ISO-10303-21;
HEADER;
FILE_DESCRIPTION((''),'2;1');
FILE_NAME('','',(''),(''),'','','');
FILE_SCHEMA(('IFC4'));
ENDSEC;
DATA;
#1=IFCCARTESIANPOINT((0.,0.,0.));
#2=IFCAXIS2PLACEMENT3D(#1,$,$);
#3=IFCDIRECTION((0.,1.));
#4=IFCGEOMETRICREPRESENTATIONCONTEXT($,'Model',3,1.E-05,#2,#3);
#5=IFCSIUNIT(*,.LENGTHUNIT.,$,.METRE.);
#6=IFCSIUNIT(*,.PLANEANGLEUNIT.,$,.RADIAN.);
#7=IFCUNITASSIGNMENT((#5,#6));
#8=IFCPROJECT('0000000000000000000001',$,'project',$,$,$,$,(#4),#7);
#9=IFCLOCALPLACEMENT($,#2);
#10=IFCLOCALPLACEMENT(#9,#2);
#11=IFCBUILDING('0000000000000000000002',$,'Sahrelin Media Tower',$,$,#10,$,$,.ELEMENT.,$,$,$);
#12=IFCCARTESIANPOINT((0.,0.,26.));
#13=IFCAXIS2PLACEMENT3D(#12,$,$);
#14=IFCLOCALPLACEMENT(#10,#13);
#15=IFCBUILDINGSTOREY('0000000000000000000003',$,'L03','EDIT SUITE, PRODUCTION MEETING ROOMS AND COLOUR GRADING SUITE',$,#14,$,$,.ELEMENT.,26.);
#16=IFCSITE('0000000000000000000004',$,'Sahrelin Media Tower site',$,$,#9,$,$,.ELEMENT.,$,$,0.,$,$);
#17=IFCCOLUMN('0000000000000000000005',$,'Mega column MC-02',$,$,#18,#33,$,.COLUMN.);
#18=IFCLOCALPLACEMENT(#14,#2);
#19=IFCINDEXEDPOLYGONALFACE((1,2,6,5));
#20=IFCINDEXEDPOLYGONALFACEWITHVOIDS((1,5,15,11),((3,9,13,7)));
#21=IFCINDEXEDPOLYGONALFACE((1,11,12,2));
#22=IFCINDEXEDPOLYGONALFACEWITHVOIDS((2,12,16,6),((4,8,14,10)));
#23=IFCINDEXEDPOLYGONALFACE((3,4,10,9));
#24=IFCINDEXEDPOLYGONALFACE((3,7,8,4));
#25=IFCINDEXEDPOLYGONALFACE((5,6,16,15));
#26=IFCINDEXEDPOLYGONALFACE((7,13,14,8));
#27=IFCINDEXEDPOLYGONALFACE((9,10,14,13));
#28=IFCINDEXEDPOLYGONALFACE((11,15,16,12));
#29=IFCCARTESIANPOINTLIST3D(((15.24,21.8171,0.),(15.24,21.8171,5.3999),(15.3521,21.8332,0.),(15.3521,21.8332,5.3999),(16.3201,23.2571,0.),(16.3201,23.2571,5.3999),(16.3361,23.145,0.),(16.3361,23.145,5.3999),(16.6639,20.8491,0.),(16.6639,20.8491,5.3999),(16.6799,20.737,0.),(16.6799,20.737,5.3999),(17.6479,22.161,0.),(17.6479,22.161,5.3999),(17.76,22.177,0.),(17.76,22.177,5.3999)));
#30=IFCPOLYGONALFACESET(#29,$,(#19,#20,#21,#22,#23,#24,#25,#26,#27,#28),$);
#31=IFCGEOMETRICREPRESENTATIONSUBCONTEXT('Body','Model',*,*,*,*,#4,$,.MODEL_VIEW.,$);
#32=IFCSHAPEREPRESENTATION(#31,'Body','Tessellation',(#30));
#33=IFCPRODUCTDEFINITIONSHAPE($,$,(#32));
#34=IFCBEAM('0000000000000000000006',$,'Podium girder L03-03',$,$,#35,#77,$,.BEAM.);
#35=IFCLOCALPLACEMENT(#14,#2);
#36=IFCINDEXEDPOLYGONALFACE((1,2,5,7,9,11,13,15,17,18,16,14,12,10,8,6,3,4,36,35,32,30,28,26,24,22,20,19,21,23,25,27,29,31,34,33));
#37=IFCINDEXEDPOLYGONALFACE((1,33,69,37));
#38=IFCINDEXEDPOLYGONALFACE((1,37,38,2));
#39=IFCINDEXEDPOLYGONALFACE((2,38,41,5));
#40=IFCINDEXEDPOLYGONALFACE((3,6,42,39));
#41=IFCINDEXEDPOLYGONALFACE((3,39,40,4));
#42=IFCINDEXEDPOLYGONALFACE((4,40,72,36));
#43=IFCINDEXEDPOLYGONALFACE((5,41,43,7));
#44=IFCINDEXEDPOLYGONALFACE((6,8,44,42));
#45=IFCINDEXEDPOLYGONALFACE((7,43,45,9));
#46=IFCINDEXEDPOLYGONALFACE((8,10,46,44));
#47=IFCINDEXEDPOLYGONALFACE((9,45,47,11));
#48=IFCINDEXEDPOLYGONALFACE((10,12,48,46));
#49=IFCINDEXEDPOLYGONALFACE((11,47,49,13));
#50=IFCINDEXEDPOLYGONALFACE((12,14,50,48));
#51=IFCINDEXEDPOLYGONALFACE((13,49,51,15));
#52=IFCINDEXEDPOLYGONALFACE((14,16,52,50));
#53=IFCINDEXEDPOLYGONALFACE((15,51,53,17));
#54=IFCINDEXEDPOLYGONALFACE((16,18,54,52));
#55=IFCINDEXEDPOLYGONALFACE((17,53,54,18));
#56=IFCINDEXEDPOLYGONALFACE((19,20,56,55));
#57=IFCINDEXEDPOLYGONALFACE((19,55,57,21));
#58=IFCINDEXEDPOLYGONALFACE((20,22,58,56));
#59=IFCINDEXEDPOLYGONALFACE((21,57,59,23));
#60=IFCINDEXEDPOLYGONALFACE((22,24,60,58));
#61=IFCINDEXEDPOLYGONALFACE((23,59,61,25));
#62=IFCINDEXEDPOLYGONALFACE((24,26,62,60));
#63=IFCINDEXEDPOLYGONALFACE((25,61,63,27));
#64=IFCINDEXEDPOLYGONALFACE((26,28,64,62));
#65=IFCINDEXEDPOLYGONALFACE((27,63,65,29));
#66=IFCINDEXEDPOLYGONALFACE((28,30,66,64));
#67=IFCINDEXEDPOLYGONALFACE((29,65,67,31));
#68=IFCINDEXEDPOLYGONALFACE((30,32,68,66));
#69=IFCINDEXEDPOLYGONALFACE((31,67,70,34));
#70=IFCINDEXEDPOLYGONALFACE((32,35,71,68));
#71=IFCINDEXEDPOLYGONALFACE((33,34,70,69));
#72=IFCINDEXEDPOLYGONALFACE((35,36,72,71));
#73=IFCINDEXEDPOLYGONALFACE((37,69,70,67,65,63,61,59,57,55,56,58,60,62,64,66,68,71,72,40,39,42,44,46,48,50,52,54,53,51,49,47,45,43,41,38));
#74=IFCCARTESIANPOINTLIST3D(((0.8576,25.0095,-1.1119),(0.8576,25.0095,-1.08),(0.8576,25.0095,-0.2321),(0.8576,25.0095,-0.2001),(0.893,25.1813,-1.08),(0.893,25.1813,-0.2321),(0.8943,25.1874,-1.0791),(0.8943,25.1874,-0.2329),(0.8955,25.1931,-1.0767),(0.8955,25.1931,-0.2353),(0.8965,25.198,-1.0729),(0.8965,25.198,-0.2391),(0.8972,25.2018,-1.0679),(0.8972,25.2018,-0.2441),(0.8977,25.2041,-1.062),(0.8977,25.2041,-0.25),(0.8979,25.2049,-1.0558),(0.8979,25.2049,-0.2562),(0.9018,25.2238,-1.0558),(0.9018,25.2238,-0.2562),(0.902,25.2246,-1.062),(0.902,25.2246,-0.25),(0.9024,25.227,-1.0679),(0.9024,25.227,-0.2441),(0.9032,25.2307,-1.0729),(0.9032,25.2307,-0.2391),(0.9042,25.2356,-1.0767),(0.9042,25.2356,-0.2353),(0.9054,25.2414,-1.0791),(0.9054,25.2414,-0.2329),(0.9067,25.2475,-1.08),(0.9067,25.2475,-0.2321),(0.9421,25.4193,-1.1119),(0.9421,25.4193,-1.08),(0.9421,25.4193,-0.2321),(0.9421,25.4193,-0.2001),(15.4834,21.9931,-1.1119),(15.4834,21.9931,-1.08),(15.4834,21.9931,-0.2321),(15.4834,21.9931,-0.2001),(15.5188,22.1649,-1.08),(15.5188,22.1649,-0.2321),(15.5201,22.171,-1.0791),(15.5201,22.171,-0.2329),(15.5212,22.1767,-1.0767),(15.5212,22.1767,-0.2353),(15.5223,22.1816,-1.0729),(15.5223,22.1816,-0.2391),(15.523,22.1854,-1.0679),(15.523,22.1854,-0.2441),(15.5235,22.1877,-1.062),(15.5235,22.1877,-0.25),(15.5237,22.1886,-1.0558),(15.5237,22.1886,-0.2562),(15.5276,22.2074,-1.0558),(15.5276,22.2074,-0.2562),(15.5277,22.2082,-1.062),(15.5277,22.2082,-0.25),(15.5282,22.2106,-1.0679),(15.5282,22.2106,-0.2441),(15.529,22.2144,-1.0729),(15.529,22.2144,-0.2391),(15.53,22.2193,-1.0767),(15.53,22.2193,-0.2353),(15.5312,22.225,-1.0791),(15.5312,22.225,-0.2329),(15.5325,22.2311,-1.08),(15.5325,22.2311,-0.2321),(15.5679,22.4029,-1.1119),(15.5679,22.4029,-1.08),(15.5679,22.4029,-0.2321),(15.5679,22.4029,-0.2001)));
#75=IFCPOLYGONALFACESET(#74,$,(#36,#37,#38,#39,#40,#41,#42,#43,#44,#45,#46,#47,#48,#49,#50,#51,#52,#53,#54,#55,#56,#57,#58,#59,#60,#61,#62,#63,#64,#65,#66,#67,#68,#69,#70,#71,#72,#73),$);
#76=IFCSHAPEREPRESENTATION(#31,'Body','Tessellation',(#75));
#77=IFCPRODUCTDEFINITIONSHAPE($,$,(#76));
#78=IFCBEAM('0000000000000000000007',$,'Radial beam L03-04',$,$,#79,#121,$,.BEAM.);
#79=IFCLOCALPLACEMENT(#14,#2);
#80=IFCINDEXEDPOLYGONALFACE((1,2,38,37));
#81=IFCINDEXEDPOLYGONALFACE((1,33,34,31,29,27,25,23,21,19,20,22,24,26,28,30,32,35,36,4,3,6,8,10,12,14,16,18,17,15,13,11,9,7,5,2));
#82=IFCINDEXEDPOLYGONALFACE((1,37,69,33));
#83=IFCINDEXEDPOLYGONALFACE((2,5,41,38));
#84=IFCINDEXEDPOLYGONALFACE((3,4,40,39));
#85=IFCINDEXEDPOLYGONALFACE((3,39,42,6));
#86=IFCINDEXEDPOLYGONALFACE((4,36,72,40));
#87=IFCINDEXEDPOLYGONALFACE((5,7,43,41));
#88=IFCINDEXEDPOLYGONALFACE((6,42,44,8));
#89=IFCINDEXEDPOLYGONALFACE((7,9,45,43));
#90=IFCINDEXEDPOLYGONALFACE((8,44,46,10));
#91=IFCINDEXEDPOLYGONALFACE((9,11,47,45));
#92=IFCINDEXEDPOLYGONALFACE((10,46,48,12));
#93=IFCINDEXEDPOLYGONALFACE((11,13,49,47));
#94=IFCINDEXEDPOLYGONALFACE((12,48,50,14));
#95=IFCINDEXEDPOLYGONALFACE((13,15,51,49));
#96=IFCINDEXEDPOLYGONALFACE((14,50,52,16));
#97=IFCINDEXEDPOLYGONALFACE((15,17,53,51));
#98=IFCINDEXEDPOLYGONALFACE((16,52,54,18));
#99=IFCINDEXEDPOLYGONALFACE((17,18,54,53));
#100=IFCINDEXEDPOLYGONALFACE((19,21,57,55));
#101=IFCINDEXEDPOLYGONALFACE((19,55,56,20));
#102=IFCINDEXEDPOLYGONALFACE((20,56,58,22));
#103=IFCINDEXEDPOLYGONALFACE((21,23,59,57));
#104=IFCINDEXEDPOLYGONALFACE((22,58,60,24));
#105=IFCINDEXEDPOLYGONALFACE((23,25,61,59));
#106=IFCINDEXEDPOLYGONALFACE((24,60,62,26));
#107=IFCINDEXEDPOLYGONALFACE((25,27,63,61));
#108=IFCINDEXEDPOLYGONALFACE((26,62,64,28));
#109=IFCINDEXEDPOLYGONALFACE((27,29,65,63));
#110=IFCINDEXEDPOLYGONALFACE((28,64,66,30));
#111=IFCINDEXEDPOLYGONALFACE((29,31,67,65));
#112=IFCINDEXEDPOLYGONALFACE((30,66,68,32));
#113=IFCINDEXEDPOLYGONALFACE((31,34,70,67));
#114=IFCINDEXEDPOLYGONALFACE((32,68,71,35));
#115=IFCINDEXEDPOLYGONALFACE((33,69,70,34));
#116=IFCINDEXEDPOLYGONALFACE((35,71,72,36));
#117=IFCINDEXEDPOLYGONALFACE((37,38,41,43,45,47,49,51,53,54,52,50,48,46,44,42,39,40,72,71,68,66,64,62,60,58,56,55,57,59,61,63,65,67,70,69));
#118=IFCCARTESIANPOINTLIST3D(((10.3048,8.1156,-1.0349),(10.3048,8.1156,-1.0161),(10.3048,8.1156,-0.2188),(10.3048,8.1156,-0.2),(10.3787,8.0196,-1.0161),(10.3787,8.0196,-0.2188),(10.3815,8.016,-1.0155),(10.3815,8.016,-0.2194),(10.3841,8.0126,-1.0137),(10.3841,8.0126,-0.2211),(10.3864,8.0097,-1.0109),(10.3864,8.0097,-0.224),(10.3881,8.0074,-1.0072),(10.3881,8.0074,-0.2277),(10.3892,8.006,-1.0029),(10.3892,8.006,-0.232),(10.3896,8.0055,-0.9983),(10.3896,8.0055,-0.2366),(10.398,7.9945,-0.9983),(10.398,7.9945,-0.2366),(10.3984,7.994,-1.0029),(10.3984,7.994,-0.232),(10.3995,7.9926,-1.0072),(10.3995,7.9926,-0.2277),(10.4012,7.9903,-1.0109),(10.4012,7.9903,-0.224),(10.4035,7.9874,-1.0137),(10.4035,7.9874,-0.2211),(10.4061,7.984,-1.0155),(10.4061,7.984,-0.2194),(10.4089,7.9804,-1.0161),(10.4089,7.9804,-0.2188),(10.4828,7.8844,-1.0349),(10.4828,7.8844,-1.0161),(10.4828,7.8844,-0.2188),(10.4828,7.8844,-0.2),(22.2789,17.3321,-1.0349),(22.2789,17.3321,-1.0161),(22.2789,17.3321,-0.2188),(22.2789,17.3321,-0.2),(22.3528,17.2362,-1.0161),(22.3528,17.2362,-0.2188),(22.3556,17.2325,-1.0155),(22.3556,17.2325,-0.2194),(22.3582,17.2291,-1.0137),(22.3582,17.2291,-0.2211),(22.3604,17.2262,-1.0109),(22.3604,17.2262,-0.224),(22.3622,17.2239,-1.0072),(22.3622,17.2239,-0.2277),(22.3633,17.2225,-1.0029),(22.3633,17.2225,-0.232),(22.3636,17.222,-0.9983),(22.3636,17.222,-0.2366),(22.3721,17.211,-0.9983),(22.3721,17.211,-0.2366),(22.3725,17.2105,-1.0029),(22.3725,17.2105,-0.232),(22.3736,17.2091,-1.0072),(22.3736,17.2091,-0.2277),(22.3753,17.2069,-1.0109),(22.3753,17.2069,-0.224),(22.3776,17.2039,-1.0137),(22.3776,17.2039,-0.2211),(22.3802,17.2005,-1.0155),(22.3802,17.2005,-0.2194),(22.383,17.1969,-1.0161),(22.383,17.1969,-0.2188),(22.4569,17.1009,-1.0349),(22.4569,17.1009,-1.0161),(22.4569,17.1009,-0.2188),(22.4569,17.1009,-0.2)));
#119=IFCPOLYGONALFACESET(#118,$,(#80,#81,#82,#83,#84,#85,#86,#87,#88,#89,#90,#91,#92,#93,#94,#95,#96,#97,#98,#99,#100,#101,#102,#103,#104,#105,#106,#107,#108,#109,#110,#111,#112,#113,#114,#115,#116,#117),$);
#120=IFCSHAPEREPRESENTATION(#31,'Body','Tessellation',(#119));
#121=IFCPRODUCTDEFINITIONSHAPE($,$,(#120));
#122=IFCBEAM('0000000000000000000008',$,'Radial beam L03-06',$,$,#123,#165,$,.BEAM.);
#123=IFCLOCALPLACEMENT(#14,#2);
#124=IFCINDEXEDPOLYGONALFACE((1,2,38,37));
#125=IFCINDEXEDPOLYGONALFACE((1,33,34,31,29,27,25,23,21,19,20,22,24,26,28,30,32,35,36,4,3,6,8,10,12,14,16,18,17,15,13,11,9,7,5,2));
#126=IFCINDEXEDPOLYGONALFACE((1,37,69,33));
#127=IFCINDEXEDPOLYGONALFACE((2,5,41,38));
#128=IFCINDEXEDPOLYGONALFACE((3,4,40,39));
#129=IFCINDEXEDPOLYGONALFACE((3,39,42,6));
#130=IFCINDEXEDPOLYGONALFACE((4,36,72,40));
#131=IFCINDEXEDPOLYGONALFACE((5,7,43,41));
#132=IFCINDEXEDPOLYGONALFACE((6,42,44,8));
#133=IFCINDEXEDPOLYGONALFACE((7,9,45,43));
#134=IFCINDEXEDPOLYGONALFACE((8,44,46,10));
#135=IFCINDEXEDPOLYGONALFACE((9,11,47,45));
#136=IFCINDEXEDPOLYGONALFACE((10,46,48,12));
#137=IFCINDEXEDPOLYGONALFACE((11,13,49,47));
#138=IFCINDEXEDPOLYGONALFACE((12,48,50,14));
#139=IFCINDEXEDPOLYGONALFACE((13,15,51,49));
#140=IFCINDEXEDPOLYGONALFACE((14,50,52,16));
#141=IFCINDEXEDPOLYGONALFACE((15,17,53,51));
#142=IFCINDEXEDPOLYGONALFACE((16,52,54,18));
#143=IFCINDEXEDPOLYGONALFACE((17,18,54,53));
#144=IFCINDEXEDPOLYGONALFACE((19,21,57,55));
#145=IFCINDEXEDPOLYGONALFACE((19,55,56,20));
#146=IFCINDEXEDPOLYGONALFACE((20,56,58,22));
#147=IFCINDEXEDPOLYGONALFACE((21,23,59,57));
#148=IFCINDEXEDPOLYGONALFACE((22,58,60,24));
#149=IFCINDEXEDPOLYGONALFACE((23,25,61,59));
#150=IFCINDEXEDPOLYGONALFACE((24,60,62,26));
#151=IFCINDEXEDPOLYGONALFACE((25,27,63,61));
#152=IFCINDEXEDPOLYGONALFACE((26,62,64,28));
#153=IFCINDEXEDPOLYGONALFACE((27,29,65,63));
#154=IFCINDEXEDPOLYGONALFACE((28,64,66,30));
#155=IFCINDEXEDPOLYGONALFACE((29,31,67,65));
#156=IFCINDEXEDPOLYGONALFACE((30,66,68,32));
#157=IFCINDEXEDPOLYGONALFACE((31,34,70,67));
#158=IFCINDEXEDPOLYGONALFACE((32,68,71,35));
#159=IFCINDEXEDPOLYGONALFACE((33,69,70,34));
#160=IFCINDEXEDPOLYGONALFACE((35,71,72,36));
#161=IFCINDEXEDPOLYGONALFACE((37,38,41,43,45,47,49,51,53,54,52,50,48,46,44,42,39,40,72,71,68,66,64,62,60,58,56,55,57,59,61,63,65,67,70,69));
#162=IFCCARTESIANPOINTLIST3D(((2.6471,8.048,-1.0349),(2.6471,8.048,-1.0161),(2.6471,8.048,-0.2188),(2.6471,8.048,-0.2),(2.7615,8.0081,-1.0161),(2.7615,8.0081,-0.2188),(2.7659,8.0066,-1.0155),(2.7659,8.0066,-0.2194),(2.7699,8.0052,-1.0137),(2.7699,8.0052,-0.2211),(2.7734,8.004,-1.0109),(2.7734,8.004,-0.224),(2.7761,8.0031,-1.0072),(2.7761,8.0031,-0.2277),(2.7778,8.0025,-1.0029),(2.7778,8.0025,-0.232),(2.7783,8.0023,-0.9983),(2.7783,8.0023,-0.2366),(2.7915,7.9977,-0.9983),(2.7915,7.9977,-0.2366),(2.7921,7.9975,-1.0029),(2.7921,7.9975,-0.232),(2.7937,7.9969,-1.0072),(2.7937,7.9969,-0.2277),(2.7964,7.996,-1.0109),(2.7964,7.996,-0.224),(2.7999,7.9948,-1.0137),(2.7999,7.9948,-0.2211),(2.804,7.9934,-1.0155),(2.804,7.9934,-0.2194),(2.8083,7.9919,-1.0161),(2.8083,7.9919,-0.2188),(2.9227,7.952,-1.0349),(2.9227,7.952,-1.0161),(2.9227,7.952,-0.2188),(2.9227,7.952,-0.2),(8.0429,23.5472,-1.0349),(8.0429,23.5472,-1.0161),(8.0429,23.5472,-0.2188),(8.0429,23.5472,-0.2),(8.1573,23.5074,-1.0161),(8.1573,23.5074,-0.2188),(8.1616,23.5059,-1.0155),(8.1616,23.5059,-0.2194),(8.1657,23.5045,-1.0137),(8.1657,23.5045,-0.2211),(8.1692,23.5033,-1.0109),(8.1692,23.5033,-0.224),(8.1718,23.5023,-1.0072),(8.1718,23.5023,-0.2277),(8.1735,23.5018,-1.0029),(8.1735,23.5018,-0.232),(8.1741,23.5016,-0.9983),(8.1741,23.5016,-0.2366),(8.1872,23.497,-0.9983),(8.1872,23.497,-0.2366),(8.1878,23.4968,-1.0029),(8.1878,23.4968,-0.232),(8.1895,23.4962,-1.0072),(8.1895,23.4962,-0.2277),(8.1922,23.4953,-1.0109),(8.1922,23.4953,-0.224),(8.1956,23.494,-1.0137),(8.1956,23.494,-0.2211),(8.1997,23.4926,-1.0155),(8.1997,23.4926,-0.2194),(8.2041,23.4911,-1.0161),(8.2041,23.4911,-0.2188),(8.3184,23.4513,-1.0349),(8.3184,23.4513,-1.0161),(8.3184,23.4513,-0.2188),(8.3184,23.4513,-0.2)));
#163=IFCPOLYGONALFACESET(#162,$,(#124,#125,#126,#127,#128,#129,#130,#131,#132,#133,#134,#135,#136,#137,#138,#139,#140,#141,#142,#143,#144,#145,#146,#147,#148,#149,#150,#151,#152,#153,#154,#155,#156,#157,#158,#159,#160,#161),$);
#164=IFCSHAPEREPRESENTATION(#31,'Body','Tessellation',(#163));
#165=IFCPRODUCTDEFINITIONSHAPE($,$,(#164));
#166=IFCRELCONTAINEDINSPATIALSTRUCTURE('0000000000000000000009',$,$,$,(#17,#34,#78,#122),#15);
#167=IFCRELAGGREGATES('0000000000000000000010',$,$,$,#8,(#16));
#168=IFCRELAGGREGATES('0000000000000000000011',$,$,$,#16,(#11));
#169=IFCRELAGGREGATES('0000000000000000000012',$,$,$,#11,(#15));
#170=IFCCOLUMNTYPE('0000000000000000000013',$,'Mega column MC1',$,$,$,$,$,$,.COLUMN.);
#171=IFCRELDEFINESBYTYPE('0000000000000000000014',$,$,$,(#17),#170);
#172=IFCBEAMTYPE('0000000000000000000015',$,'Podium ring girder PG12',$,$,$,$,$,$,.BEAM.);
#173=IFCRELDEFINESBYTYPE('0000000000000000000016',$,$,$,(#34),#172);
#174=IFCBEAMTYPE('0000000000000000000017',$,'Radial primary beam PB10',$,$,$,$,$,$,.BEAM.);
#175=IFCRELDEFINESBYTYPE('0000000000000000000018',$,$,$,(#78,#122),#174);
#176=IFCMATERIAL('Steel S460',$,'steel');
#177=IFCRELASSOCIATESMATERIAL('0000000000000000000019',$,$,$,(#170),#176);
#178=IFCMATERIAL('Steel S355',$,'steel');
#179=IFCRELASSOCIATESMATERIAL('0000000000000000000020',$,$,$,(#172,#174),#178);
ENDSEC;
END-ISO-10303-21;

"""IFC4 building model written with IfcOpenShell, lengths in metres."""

from ifc_helpers import new_model, si_unit, direction, frame, origin, origin_2d, place, context, subcontext, project, spatial, hollow_rectangle, i_section, extrude, material, material_profile, profile_set, type_object, element, save


model = new_model("IFC4")

# Units and contexts
model_context = context("Model", 3, precision=1e-05, world=origin(), true_north=direction((0.0, 1.0)))
body_context = subcontext(model_context, "Body", "Model", "MODEL_VIEW")
ifc_project = project(units=[si_unit("LENGTHUNIT", "METRE"), si_unit("PLANEANGLEUNIT", "RADIAN")], contexts=[model_context])

# Site, building, storey
site_placement = place(None, origin())
site = spatial("IfcSite", under=ifc_project, at=site_placement, Name="Sahrelin Media Tower site", CompositionType="ELEMENT", RefElevation=0.0)
building_placement = place(site_placement, origin())
building = spatial("IfcBuilding", under=site, at=building_placement, Name="Sahrelin Media Tower", CompositionType="ELEMENT")
storey_placement = place(building_placement, frame((0.0, 0.0, 26.0)))
storey = spatial("IfcBuildingStorey", under=building, at=storey_placement, Name="L03", Description="EDIT SUITE, PRODUCTION MEETING ROOMS AND COLOUR GRADING SUITE", CompositionType="ELEMENT", Elevation=26.0)

# Column
ifc_material_1 = material(Name="Steel S460", Category="steel")
ifc_material_profile_1 = material_profile(ifc_material_1, hollow_rectangle(XDim=1.8, YDim=1.8, WallThickness=0.0801, at=origin_2d()), Name="Mega column MC1")
ifc_profile_set_1 = profile_set([ifc_material_profile_1], Name="Steel S460")
column_type = type_object("IfcColumnType", Name="Mega column MC1", PredefinedType="COLUMN", material=ifc_profile_set_1)
column_placement = place(storey_placement, frame((16.5, 21.9971, 0.0), z_axis=(0.0, 0.0, 1.0), x_axis=(0.600052, 0.799961, 0.0)))
element("IfcColumn", 1, at=column_placement, inside=storey, type_object=column_type, Name="Mega column MC-02", PredefinedType="COLUMN", context=body_context, shape_type="SweptSolid", body=[
    extrude(hollow_rectangle(XDim=1.8, YDim=1.8, WallThickness=0.0801, at=origin_2d()), origin(), (0.0, 0.0, 1.0), 5.3999),
])

# Beams
ifc_material_2 = material(Name="Steel S355", Category="steel")
ifc_material_profile_2 = material_profile(ifc_material_2, i_section(OverallWidth=0.4185, OverallDepth=0.9119, WebThickness=0.0193, FlangeThickness=0.032, FilletRadius=0.0242, at=origin_2d()), Name="UB 914x419x343")
ifc_profile_set_2 = profile_set([ifc_material_profile_2], Name="Steel S355")
beam_type_1 = type_object("IfcBeamType", Name="Podium ring girder PG12", PredefinedType="BEAM", material=ifc_profile_set_2)
beam_1_placement = place(storey_placement, frame((15.5256, 22.198, -0.656), z_axis=(-0.979389, 0.201985, 0.0), x_axis=(-0.201985, -0.979389, 0.0)))
element("IfcBeam", 2, at=beam_1_placement, inside=storey, type_object=beam_type_1, Name="Podium girder L03-03", PredefinedType="BEAM", context=body_context, shape_type="SweptSolid", body=[
    extrude(i_section(OverallWidth=0.4185, OverallDepth=0.9119, WebThickness=0.0193, FlangeThickness=0.032, FilletRadius=0.0242, at=origin_2d()), origin(), (0.0, 0.0, 1.0), 14.9336),
])
ifc_material_profile_3 = material_profile(ifc_material_2, i_section(OverallWidth=0.2917, OverallDepth=0.835, WebThickness=0.0139, FlangeThickness=0.0188, FilletRadius=0.0178, at=origin_2d()), Name="UB 838x292x176")
ifc_profile_set_3 = profile_set([ifc_material_profile_3], Name="Steel S355")
beam_type_2 = type_object("IfcBeamType", Name="Radial primary beam PB10", PredefinedType="BEAM", material=ifc_profile_set_3)
beam_2_placement = place(storey_placement, frame((10.3938, 8.0, -0.6174), z_axis=(0.792442, 0.609947, 0.0), x_axis=(-0.609947, 0.792442, 0.0)))
element("IfcBeam", 3, at=beam_2_placement, inside=storey, type_object=beam_type_2, Name="Radial beam L03-04", PredefinedType="BEAM", context=body_context, shape_type="SweptSolid", body=[
    extrude(i_section(OverallWidth=0.2917, OverallDepth=0.835, WebThickness=0.0139, FlangeThickness=0.0188, FilletRadius=0.0178, at=origin_2d()), origin(), (0.0, 0.0, 1.0), 15.1104),
])
beam_3_placement = place(storey_placement, frame((2.7849, 8.0, -0.6174), z_axis=(0.328776, 0.944408, 0.0), x_axis=(-0.944408, 0.328776, 0.0)))
element("IfcBeam", 4, at=beam_3_placement, inside=storey, type_object=beam_type_2, Name="Radial beam L03-06", PredefinedType="BEAM", context=body_context, shape_type="SweptSolid", body=[
    extrude(i_section(OverallWidth=0.2917, OverallDepth=0.835, WebThickness=0.0139, FlangeThickness=0.0188, FilletRadius=0.0178, at=origin_2d()), origin(), (0.0, 0.0, 1.0), 16.4116),
])

save(model, "model.ifc")
